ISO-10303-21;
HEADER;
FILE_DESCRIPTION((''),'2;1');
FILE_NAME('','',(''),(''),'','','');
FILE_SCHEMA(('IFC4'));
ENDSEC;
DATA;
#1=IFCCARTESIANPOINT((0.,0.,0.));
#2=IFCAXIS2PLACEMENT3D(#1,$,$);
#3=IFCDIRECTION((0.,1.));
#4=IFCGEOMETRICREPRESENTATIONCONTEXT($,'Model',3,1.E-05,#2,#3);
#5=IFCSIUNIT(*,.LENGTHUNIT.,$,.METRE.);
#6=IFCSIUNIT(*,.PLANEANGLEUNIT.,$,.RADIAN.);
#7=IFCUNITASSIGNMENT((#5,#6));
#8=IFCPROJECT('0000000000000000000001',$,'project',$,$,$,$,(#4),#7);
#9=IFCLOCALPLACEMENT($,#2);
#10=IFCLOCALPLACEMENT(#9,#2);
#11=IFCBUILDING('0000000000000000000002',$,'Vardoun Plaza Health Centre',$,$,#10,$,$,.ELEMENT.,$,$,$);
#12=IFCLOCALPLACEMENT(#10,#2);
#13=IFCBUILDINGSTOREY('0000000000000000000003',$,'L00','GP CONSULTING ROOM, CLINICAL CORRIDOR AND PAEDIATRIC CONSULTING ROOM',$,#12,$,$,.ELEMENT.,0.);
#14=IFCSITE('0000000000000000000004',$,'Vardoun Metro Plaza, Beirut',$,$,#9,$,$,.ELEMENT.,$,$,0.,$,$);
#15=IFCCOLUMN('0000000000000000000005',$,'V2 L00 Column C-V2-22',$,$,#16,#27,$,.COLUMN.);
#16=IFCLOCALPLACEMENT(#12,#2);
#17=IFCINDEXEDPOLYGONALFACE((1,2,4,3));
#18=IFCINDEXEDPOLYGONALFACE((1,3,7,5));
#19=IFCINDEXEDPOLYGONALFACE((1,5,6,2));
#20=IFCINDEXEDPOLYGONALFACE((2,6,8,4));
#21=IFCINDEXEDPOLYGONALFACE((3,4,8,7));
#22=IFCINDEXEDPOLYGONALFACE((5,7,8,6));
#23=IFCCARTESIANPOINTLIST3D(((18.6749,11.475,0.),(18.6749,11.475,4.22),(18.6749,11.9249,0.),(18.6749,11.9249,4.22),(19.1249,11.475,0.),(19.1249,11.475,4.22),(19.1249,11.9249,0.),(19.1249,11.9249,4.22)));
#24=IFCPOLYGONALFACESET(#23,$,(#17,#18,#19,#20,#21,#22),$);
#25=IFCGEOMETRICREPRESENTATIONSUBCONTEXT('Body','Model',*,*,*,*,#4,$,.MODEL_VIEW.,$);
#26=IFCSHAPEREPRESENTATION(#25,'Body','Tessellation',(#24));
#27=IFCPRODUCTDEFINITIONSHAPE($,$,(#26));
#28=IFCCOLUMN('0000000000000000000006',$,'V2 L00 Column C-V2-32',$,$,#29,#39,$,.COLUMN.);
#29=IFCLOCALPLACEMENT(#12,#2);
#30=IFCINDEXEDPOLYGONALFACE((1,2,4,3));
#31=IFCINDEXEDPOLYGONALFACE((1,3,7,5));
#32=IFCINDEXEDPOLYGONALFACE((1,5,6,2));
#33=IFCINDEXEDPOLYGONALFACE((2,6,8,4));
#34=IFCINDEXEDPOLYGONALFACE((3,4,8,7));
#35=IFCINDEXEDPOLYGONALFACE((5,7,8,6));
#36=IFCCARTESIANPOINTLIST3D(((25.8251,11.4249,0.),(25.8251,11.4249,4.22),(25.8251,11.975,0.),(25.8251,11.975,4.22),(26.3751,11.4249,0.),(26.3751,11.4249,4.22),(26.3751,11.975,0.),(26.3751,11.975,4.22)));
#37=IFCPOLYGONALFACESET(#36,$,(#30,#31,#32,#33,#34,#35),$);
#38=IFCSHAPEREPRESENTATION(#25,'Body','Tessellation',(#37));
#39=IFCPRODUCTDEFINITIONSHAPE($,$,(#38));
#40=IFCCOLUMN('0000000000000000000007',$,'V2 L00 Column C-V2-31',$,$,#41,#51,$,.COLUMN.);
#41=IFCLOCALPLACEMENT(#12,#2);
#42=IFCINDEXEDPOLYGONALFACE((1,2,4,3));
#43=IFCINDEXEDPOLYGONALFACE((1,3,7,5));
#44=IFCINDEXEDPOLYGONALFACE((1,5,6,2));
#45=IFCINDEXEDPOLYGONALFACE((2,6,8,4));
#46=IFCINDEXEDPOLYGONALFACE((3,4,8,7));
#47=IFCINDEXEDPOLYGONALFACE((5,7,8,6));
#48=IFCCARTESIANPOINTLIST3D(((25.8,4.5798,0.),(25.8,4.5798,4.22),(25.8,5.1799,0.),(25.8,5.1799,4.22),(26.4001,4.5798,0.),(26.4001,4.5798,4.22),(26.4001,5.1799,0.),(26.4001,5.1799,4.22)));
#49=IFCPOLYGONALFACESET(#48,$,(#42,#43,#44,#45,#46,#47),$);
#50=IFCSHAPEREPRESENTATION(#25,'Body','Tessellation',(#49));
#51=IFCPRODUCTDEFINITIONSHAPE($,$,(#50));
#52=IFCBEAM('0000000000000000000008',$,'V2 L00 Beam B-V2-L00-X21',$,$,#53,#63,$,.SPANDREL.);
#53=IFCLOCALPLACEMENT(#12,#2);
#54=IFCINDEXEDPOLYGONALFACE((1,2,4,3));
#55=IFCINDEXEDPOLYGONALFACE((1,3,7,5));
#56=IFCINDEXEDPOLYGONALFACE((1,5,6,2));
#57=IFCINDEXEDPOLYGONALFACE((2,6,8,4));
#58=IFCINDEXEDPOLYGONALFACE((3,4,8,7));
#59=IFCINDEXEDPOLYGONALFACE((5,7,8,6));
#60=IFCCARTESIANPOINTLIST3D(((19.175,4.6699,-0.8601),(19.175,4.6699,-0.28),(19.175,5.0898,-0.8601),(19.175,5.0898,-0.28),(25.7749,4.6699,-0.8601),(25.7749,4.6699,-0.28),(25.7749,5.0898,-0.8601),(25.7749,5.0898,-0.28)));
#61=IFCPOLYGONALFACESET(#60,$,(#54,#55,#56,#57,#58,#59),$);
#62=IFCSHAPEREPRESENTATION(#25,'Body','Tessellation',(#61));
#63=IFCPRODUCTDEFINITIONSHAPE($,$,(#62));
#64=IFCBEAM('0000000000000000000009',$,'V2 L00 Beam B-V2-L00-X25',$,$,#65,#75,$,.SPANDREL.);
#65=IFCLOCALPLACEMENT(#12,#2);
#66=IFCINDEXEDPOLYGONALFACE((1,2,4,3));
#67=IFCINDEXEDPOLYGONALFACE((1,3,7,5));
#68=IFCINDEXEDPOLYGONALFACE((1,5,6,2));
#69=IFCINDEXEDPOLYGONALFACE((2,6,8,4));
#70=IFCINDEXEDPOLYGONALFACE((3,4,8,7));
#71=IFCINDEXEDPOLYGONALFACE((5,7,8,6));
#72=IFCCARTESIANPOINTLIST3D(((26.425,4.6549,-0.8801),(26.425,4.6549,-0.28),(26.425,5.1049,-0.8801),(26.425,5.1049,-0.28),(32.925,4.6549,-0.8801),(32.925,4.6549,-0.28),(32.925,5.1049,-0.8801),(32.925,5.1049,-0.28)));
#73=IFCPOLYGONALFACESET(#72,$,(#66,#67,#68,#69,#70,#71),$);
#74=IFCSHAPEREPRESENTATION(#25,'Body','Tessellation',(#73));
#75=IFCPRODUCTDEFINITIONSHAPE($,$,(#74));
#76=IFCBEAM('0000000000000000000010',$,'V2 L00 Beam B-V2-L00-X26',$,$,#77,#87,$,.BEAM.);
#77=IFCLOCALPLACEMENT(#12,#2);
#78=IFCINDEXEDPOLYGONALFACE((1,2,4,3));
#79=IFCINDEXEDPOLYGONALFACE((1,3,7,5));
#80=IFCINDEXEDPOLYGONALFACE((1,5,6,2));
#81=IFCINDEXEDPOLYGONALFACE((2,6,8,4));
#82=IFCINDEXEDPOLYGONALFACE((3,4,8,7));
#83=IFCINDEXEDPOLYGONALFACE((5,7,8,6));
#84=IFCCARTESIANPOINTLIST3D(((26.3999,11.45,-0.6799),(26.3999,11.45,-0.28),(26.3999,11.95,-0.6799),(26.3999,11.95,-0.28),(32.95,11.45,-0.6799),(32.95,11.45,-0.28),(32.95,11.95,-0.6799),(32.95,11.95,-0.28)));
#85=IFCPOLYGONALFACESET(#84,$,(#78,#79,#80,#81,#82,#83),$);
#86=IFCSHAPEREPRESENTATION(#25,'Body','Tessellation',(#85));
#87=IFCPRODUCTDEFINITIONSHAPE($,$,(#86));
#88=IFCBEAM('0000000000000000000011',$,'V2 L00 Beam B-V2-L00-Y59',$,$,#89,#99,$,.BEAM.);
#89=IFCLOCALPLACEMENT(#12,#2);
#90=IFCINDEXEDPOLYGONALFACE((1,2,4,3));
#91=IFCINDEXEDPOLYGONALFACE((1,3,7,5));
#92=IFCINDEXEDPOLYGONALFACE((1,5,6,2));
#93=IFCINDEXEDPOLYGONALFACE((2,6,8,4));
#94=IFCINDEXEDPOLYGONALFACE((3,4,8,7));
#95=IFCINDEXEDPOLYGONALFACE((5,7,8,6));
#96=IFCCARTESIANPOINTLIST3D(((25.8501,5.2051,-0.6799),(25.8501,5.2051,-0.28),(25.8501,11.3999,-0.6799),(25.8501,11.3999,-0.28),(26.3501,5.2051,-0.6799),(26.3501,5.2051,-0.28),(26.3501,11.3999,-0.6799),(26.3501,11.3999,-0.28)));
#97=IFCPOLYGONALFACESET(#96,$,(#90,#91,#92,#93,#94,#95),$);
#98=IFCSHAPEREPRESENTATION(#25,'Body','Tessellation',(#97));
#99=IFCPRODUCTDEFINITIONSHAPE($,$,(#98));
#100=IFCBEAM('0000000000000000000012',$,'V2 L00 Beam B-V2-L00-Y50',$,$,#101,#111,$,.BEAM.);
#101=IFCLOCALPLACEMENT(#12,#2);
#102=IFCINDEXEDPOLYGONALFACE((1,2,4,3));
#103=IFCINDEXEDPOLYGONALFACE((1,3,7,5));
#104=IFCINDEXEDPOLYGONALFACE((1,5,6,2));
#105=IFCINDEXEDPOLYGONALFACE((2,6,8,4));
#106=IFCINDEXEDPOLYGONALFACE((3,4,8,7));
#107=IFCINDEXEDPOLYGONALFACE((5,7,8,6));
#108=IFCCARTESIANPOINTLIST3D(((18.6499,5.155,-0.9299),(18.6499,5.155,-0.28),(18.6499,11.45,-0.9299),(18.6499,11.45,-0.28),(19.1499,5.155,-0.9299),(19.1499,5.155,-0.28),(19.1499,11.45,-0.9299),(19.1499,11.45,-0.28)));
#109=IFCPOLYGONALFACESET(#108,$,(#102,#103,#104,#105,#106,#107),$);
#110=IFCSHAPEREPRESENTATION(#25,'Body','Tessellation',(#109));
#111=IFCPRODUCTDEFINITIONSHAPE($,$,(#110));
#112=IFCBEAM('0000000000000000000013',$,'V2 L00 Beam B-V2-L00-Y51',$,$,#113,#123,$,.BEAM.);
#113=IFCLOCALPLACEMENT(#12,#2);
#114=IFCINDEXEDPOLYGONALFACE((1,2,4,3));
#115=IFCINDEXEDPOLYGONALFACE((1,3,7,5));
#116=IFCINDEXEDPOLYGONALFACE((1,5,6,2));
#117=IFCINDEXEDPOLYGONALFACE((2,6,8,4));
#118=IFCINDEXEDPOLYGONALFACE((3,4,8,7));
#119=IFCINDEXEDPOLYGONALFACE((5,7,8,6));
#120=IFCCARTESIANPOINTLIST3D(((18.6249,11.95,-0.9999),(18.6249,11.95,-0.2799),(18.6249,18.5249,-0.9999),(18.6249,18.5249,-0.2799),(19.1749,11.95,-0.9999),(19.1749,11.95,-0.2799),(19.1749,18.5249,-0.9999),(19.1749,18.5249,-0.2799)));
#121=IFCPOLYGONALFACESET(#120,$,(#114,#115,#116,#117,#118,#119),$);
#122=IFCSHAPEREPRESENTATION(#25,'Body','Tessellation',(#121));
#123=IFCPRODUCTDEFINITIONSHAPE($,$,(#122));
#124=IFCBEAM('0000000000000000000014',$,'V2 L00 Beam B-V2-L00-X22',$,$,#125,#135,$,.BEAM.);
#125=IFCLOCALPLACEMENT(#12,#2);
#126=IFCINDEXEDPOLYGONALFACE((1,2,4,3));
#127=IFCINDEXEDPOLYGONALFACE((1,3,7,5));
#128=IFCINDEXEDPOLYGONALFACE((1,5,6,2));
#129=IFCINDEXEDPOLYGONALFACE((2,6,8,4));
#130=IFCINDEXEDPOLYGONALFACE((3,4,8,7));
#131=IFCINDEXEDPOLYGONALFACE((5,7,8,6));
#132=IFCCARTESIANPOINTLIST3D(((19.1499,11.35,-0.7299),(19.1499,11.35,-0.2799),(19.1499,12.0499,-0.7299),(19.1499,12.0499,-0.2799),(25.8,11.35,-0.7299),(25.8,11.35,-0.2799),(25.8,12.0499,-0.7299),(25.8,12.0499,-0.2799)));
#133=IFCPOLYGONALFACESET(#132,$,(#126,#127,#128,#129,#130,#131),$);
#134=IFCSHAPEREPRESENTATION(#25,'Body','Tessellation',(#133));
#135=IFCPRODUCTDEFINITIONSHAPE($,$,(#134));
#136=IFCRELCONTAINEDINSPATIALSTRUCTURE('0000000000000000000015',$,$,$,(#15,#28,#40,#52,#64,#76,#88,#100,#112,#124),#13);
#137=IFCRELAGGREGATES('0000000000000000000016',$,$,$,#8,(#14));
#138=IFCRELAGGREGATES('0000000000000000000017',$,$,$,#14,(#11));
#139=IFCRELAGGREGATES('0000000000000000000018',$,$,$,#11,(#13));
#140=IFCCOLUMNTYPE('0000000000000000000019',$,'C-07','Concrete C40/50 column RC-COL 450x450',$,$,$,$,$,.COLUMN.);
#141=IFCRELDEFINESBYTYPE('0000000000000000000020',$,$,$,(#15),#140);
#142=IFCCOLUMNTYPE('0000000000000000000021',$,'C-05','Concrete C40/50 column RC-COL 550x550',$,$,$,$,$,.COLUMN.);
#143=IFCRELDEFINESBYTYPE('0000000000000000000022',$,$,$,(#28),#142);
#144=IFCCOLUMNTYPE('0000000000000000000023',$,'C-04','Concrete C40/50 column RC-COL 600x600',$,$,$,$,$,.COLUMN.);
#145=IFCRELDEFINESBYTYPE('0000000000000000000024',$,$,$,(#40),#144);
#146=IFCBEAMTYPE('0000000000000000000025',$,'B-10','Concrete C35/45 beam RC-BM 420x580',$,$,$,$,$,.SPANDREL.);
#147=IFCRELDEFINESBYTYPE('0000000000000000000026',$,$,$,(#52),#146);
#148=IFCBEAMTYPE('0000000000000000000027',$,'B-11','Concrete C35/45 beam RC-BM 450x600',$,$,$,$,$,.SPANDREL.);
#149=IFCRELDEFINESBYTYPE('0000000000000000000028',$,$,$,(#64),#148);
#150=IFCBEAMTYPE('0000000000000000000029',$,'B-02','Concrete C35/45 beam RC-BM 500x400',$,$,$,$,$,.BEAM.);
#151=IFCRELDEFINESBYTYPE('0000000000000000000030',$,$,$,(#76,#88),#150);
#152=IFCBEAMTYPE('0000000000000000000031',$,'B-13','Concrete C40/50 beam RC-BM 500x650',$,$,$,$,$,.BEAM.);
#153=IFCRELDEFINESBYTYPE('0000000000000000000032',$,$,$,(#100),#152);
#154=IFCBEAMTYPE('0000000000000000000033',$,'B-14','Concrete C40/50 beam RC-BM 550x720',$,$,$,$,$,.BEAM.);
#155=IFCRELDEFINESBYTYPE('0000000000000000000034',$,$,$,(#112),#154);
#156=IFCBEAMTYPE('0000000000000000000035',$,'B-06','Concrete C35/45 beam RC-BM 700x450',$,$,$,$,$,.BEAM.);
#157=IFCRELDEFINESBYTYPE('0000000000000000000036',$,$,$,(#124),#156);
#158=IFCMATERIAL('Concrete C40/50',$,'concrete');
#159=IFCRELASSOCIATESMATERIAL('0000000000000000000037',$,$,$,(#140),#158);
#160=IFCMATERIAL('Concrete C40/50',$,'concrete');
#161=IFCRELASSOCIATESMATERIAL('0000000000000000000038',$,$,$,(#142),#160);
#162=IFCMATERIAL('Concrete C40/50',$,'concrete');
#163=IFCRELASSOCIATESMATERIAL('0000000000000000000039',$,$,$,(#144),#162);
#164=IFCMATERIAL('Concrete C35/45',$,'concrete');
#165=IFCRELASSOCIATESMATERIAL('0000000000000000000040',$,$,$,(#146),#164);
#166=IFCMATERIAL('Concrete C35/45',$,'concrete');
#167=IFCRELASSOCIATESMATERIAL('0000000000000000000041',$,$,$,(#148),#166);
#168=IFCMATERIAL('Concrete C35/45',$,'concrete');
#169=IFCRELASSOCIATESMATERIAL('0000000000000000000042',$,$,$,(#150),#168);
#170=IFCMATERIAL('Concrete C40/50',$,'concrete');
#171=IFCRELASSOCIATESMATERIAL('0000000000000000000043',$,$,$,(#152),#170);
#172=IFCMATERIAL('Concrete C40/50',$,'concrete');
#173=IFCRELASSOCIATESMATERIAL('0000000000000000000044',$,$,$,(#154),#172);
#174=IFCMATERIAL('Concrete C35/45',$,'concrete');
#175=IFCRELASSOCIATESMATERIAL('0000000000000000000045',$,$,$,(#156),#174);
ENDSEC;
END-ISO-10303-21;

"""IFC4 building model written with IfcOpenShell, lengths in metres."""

from ifc_helpers import new_model, si_unit, direction, frame, origin, origin_2d, place, context, subcontext, project, spatial, rectangle, extrude, material, material_profile, profile_set, type_object, element, save


model = new_model("IFC4")

# Units and contexts
model_context = context("Model", 3, precision=1e-05, world=origin(), true_north=direction((0.0, 1.0)))
body_context = subcontext(model_context, "Body", "Model", "MODEL_VIEW")
ifc_project = project(units=[si_unit("LENGTHUNIT", "METRE"), si_unit("PLANEANGLEUNIT", "RADIAN")], contexts=[model_context])

# Site, building, storey
site_placement = place(None, origin())
site = spatial("IfcSite", under=ifc_project, at=site_placement, Name="Vardoun Metro Plaza, Beirut", CompositionType="ELEMENT", RefElevation=0.0)
building_placement = place(site_placement, origin())
building = spatial("IfcBuilding", under=site, at=building_placement, Name="Vardoun Plaza Health Centre", CompositionType="ELEMENT")
storey_placement = place(building_placement, origin())
storey = spatial("IfcBuildingStorey", under=building, at=storey_placement, Name="L00", Description="GP CONSULTING ROOM, CLINICAL CORRIDOR AND PAEDIATRIC CONSULTING ROOM", CompositionType="ELEMENT", Elevation=0.0)

# Columns
ifc_material_1 = material(Name="Concrete C40/50", Category="concrete")
ifc_material_profile_1 = material_profile(ifc_material_1, rectangle(XDim=0.45, YDim=0.45, at=origin_2d()), Name="RC-COL 450x450")
ifc_profile_set_1 = profile_set([ifc_material_profile_1], Name="Concrete C40/50")
column_type_1 = type_object("IfcColumnType", Name="C-07", Description="Concrete C40/50 column RC-COL 450x450", PredefinedType="COLUMN", material=ifc_profile_set_1)
column_1_placement = place(storey_placement, frame((18.8999, 11.7, 0.0), z_axis=(0.0, 0.0, 1.0), x_axis=(1.0, 0.0, 0.0)))
element("IfcColumn", 1, at=column_1_placement, inside=storey, type_object=column_type_1, Name="V2 L00 Column C-V2-22", PredefinedType="COLUMN", context=body_context, shape_type="SweptSolid", body=[
    extrude(rectangle(XDim=0.45, YDim=0.45, at=origin_2d()), origin(), (0.0, 0.0, 1.0), 4.22),
])
ifc_material_2 = material(Name="Concrete C40/50", Category="concrete")
ifc_material_profile_2 = material_profile(ifc_material_2, rectangle(XDim=0.55, YDim=0.55, at=origin_2d()), Name="RC-COL 550x550")
ifc_profile_set_2 = profile_set([ifc_material_profile_2], Name="Concrete C40/50")
column_type_2 = type_object("IfcColumnType", Name="C-05", Description="Concrete C40/50 column RC-COL 550x550", PredefinedType="COLUMN", material=ifc_profile_set_2)
column_2_placement = place(storey_placement, frame((26.1001, 11.7, 0.0), z_axis=(0.0, 0.0, 1.0), x_axis=(1.0, 0.0, 0.0)))
element("IfcColumn", 2, at=column_2_placement, inside=storey, type_object=column_type_2, Name="V2 L00 Column C-V2-32", PredefinedType="COLUMN", context=body_context, shape_type="SweptSolid", body=[
    extrude(rectangle(XDim=0.55, YDim=0.55, at=origin_2d()), origin(), (0.0, 0.0, 1.0), 4.22),
])
ifc_material_3 = material(Name="Concrete C40/50", Category="concrete")
ifc_material_profile_3 = material_profile(ifc_material_3, rectangle(XDim=0.6001, YDim=0.6001, at=origin_2d()), Name="RC-COL 600x600")
ifc_profile_set_3 = profile_set([ifc_material_profile_3], Name="Concrete C40/50")
column_type_3 = type_object("IfcColumnType", Name="C-04", Description="Concrete C40/50 column RC-COL 600x600", PredefinedType="COLUMN", material=ifc_profile_set_3)
column_3_placement = place(storey_placement, frame((26.1001, 4.8799, 0.0), z_axis=(0.0, 0.0, 1.0), x_axis=(1.0, 0.0, 0.0)))
element("IfcColumn", 3, at=column_3_placement, inside=storey, type_object=column_type_3, Name="V2 L00 Column C-V2-31", PredefinedType="COLUMN", context=body_context, shape_type="SweptSolid", body=[
    extrude(rectangle(XDim=0.6001, YDim=0.6001, at=origin_2d()), origin(), (0.0, 0.0, 1.0), 4.22),
])

# Beams
ifc_material_4 = material(Name="Concrete C35/45", Category="concrete")
ifc_material_profile_4 = material_profile(ifc_material_4, rectangle(XDim=0.4199, YDim=0.5801, at=origin_2d()), Name="RC-BM 420x580")
ifc_profile_set_4 = profile_set([ifc_material_profile_4], Name="Concrete C35/45")
beam_type_1 = type_object("IfcBeamType", Name="B-10", Description="Concrete C35/45 beam RC-BM 420x580", PredefinedType="SPANDREL", material=ifc_profile_set_4)
beam_1_placement = place(storey_placement, frame((19.175, 4.8799, -0.5701), z_axis=(1.0, 0.0, 0.0), x_axis=(0.0, 1.0, 0.0)))
element("IfcBeam", 4, at=beam_1_placement, inside=storey, type_object=beam_type_1, Name="V2 L00 Beam B-V2-L00-X21", PredefinedType="SPANDREL", context=body_context, shape_type="SweptSolid", body=[
    extrude(rectangle(XDim=0.4199, YDim=0.5801, at=origin_2d()), origin(), (0.0, 0.0, 1.0), 6.5999),
])
ifc_material_5 = material(Name="Concrete C35/45", Category="concrete")
ifc_material_profile_5 = material_profile(ifc_material_5, rectangle(XDim=0.45, YDim=0.6001, at=origin_2d()), Name="RC-BM 450x600")
ifc_profile_set_5 = profile_set([ifc_material_profile_5], Name="Concrete C35/45")
beam_type_2 = type_object("IfcBeamType", Name="B-11", Description="Concrete C35/45 beam RC-BM 450x600", PredefinedType="SPANDREL", material=ifc_profile_set_5)
beam_2_placement = place(storey_placement, frame((26.425, 4.8799, -0.5801), z_axis=(1.0, 0.0, 0.0), x_axis=(0.0, 1.0, 0.0)))
element("IfcBeam", 5, at=beam_2_placement, inside=storey, type_object=beam_type_2, Name="V2 L00 Beam B-V2-L00-X25", PredefinedType="SPANDREL", context=body_context, shape_type="SweptSolid", body=[
    extrude(rectangle(XDim=0.45, YDim=0.6001, at=origin_2d()), origin(), (0.0, 0.0, 1.0), 6.5),
])
ifc_material_6 = material(Name="Concrete C35/45", Category="concrete")
ifc_material_profile_6 = material_profile(ifc_material_6, rectangle(XDim=0.5, YDim=0.3999, at=origin_2d()), Name="RC-BM 500x400")
ifc_profile_set_6 = profile_set([ifc_material_profile_6], Name="Concrete C35/45")
beam_type_3 = type_object("IfcBeamType", Name="B-02", Description="Concrete C35/45 beam RC-BM 500x400", PredefinedType="BEAM", material=ifc_profile_set_6)
beam_3_placement = place(storey_placement, frame((26.3999, 11.7, -0.48), z_axis=(1.0, 0.0, 0.0), x_axis=(0.0, 1.0, 0.0)))
element("IfcBeam", 6, at=beam_3_placement, inside=storey, type_object=beam_type_3, Name="V2 L00 Beam B-V2-L00-X26", PredefinedType="BEAM", context=body_context, shape_type="SweptSolid", body=[
    extrude(rectangle(XDim=0.5, YDim=0.3999, at=origin_2d()), origin(), (0.0, 0.0, 1.0), 6.55),
])
beam_4_placement = place(storey_placement, frame((26.1001, 5.2051, -0.48), z_axis=(0.0, 1.0, 0.0), x_axis=(-1.0, 0.0, 0.0)))
element("IfcBeam", 7, at=beam_4_placement, inside=storey, type_object=beam_type_3, Name="V2 L00 Beam B-V2-L00-Y59", PredefinedType="BEAM", context=body_context, shape_type="SweptSolid", body=[
    extrude(rectangle(XDim=0.5, YDim=0.3999, at=origin_2d()), origin(), (0.0, 0.0, 1.0), 6.1948),
])
ifc_material_7 = material(Name="Concrete C40/50", Category="concrete")
ifc_material_profile_7 = material_profile(ifc_material_7, rectangle(XDim=0.5, YDim=0.6499, at=origin_2d()), Name="RC-BM 500x650")
ifc_profile_set_7 = profile_set([ifc_material_profile_7], Name="Concrete C40/50")
beam_type_4 = type_object("IfcBeamType", Name="B-13", Description="Concrete C40/50 beam RC-BM 500x650", PredefinedType="BEAM", material=ifc_profile_set_7)
beam_5_placement = place(storey_placement, frame((18.8999, 5.155, -0.605), z_axis=(0.0, 1.0, 0.0), x_axis=(-1.0, 0.0, 0.0)))
element("IfcBeam", 8, at=beam_5_placement, inside=storey, type_object=beam_type_4, Name="V2 L00 Beam B-V2-L00-Y50", PredefinedType="BEAM", context=body_context, shape_type="SweptSolid", body=[
    extrude(rectangle(XDim=0.5, YDim=0.6499, at=origin_2d()), origin(), (0.0, 0.0, 1.0), 6.2949),
])
ifc_material_8 = material(Name="Concrete C40/50", Category="concrete")
ifc_material_profile_8 = material_profile(ifc_material_8, rectangle(XDim=0.55, YDim=0.72, at=origin_2d()), Name="RC-BM 550x720")
ifc_profile_set_8 = profile_set([ifc_material_profile_8], Name="Concrete C40/50")
beam_type_5 = type_object("IfcBeamType", Name="B-14", Description="Concrete C40/50 beam RC-BM 550x720", PredefinedType="BEAM", material=ifc_profile_set_8)
beam_6_placement = place(storey_placement, frame((18.8999, 11.95, -0.6399), z_axis=(0.0, 1.0, 0.0), x_axis=(-1.0, 0.0, 0.0)))
element("IfcBeam", 9, at=beam_6_placement, inside=storey, type_object=beam_type_5, Name="V2 L00 Beam B-V2-L00-Y51", PredefinedType="BEAM", context=body_context, shape_type="SweptSolid", body=[
    extrude(rectangle(XDim=0.55, YDim=0.72, at=origin_2d()), origin(), (0.0, 0.0, 1.0), 6.575),
])
ifc_material_9 = material(Name="Concrete C35/45", Category="concrete")
ifc_material_profile_9 = material_profile(ifc_material_9, rectangle(XDim=0.7, YDim=0.45, at=origin_2d()), Name="RC-BM 700x450")
ifc_profile_set_9 = profile_set([ifc_material_profile_9], Name="Concrete C35/45")
beam_type_6 = type_object("IfcBeamType", Name="B-06", Description="Concrete C35/45 beam RC-BM 700x450", PredefinedType="BEAM", material=ifc_profile_set_9)
beam_7_placement = place(storey_placement, frame((19.1499, 11.7, -0.5049), z_axis=(1.0, 0.0, 0.0), x_axis=(0.0, 1.0, 0.0)))
element("IfcBeam", 10, at=beam_7_placement, inside=storey, type_object=beam_type_6, Name="V2 L00 Beam B-V2-L00-X22", PredefinedType="BEAM", context=body_context, shape_type="SweptSolid", body=[
    extrude(rectangle(XDim=0.7, YDim=0.45, at=origin_2d()), origin(), (0.0, 0.0, 1.0), 6.6501),
])

save(model, "model.ifc")
